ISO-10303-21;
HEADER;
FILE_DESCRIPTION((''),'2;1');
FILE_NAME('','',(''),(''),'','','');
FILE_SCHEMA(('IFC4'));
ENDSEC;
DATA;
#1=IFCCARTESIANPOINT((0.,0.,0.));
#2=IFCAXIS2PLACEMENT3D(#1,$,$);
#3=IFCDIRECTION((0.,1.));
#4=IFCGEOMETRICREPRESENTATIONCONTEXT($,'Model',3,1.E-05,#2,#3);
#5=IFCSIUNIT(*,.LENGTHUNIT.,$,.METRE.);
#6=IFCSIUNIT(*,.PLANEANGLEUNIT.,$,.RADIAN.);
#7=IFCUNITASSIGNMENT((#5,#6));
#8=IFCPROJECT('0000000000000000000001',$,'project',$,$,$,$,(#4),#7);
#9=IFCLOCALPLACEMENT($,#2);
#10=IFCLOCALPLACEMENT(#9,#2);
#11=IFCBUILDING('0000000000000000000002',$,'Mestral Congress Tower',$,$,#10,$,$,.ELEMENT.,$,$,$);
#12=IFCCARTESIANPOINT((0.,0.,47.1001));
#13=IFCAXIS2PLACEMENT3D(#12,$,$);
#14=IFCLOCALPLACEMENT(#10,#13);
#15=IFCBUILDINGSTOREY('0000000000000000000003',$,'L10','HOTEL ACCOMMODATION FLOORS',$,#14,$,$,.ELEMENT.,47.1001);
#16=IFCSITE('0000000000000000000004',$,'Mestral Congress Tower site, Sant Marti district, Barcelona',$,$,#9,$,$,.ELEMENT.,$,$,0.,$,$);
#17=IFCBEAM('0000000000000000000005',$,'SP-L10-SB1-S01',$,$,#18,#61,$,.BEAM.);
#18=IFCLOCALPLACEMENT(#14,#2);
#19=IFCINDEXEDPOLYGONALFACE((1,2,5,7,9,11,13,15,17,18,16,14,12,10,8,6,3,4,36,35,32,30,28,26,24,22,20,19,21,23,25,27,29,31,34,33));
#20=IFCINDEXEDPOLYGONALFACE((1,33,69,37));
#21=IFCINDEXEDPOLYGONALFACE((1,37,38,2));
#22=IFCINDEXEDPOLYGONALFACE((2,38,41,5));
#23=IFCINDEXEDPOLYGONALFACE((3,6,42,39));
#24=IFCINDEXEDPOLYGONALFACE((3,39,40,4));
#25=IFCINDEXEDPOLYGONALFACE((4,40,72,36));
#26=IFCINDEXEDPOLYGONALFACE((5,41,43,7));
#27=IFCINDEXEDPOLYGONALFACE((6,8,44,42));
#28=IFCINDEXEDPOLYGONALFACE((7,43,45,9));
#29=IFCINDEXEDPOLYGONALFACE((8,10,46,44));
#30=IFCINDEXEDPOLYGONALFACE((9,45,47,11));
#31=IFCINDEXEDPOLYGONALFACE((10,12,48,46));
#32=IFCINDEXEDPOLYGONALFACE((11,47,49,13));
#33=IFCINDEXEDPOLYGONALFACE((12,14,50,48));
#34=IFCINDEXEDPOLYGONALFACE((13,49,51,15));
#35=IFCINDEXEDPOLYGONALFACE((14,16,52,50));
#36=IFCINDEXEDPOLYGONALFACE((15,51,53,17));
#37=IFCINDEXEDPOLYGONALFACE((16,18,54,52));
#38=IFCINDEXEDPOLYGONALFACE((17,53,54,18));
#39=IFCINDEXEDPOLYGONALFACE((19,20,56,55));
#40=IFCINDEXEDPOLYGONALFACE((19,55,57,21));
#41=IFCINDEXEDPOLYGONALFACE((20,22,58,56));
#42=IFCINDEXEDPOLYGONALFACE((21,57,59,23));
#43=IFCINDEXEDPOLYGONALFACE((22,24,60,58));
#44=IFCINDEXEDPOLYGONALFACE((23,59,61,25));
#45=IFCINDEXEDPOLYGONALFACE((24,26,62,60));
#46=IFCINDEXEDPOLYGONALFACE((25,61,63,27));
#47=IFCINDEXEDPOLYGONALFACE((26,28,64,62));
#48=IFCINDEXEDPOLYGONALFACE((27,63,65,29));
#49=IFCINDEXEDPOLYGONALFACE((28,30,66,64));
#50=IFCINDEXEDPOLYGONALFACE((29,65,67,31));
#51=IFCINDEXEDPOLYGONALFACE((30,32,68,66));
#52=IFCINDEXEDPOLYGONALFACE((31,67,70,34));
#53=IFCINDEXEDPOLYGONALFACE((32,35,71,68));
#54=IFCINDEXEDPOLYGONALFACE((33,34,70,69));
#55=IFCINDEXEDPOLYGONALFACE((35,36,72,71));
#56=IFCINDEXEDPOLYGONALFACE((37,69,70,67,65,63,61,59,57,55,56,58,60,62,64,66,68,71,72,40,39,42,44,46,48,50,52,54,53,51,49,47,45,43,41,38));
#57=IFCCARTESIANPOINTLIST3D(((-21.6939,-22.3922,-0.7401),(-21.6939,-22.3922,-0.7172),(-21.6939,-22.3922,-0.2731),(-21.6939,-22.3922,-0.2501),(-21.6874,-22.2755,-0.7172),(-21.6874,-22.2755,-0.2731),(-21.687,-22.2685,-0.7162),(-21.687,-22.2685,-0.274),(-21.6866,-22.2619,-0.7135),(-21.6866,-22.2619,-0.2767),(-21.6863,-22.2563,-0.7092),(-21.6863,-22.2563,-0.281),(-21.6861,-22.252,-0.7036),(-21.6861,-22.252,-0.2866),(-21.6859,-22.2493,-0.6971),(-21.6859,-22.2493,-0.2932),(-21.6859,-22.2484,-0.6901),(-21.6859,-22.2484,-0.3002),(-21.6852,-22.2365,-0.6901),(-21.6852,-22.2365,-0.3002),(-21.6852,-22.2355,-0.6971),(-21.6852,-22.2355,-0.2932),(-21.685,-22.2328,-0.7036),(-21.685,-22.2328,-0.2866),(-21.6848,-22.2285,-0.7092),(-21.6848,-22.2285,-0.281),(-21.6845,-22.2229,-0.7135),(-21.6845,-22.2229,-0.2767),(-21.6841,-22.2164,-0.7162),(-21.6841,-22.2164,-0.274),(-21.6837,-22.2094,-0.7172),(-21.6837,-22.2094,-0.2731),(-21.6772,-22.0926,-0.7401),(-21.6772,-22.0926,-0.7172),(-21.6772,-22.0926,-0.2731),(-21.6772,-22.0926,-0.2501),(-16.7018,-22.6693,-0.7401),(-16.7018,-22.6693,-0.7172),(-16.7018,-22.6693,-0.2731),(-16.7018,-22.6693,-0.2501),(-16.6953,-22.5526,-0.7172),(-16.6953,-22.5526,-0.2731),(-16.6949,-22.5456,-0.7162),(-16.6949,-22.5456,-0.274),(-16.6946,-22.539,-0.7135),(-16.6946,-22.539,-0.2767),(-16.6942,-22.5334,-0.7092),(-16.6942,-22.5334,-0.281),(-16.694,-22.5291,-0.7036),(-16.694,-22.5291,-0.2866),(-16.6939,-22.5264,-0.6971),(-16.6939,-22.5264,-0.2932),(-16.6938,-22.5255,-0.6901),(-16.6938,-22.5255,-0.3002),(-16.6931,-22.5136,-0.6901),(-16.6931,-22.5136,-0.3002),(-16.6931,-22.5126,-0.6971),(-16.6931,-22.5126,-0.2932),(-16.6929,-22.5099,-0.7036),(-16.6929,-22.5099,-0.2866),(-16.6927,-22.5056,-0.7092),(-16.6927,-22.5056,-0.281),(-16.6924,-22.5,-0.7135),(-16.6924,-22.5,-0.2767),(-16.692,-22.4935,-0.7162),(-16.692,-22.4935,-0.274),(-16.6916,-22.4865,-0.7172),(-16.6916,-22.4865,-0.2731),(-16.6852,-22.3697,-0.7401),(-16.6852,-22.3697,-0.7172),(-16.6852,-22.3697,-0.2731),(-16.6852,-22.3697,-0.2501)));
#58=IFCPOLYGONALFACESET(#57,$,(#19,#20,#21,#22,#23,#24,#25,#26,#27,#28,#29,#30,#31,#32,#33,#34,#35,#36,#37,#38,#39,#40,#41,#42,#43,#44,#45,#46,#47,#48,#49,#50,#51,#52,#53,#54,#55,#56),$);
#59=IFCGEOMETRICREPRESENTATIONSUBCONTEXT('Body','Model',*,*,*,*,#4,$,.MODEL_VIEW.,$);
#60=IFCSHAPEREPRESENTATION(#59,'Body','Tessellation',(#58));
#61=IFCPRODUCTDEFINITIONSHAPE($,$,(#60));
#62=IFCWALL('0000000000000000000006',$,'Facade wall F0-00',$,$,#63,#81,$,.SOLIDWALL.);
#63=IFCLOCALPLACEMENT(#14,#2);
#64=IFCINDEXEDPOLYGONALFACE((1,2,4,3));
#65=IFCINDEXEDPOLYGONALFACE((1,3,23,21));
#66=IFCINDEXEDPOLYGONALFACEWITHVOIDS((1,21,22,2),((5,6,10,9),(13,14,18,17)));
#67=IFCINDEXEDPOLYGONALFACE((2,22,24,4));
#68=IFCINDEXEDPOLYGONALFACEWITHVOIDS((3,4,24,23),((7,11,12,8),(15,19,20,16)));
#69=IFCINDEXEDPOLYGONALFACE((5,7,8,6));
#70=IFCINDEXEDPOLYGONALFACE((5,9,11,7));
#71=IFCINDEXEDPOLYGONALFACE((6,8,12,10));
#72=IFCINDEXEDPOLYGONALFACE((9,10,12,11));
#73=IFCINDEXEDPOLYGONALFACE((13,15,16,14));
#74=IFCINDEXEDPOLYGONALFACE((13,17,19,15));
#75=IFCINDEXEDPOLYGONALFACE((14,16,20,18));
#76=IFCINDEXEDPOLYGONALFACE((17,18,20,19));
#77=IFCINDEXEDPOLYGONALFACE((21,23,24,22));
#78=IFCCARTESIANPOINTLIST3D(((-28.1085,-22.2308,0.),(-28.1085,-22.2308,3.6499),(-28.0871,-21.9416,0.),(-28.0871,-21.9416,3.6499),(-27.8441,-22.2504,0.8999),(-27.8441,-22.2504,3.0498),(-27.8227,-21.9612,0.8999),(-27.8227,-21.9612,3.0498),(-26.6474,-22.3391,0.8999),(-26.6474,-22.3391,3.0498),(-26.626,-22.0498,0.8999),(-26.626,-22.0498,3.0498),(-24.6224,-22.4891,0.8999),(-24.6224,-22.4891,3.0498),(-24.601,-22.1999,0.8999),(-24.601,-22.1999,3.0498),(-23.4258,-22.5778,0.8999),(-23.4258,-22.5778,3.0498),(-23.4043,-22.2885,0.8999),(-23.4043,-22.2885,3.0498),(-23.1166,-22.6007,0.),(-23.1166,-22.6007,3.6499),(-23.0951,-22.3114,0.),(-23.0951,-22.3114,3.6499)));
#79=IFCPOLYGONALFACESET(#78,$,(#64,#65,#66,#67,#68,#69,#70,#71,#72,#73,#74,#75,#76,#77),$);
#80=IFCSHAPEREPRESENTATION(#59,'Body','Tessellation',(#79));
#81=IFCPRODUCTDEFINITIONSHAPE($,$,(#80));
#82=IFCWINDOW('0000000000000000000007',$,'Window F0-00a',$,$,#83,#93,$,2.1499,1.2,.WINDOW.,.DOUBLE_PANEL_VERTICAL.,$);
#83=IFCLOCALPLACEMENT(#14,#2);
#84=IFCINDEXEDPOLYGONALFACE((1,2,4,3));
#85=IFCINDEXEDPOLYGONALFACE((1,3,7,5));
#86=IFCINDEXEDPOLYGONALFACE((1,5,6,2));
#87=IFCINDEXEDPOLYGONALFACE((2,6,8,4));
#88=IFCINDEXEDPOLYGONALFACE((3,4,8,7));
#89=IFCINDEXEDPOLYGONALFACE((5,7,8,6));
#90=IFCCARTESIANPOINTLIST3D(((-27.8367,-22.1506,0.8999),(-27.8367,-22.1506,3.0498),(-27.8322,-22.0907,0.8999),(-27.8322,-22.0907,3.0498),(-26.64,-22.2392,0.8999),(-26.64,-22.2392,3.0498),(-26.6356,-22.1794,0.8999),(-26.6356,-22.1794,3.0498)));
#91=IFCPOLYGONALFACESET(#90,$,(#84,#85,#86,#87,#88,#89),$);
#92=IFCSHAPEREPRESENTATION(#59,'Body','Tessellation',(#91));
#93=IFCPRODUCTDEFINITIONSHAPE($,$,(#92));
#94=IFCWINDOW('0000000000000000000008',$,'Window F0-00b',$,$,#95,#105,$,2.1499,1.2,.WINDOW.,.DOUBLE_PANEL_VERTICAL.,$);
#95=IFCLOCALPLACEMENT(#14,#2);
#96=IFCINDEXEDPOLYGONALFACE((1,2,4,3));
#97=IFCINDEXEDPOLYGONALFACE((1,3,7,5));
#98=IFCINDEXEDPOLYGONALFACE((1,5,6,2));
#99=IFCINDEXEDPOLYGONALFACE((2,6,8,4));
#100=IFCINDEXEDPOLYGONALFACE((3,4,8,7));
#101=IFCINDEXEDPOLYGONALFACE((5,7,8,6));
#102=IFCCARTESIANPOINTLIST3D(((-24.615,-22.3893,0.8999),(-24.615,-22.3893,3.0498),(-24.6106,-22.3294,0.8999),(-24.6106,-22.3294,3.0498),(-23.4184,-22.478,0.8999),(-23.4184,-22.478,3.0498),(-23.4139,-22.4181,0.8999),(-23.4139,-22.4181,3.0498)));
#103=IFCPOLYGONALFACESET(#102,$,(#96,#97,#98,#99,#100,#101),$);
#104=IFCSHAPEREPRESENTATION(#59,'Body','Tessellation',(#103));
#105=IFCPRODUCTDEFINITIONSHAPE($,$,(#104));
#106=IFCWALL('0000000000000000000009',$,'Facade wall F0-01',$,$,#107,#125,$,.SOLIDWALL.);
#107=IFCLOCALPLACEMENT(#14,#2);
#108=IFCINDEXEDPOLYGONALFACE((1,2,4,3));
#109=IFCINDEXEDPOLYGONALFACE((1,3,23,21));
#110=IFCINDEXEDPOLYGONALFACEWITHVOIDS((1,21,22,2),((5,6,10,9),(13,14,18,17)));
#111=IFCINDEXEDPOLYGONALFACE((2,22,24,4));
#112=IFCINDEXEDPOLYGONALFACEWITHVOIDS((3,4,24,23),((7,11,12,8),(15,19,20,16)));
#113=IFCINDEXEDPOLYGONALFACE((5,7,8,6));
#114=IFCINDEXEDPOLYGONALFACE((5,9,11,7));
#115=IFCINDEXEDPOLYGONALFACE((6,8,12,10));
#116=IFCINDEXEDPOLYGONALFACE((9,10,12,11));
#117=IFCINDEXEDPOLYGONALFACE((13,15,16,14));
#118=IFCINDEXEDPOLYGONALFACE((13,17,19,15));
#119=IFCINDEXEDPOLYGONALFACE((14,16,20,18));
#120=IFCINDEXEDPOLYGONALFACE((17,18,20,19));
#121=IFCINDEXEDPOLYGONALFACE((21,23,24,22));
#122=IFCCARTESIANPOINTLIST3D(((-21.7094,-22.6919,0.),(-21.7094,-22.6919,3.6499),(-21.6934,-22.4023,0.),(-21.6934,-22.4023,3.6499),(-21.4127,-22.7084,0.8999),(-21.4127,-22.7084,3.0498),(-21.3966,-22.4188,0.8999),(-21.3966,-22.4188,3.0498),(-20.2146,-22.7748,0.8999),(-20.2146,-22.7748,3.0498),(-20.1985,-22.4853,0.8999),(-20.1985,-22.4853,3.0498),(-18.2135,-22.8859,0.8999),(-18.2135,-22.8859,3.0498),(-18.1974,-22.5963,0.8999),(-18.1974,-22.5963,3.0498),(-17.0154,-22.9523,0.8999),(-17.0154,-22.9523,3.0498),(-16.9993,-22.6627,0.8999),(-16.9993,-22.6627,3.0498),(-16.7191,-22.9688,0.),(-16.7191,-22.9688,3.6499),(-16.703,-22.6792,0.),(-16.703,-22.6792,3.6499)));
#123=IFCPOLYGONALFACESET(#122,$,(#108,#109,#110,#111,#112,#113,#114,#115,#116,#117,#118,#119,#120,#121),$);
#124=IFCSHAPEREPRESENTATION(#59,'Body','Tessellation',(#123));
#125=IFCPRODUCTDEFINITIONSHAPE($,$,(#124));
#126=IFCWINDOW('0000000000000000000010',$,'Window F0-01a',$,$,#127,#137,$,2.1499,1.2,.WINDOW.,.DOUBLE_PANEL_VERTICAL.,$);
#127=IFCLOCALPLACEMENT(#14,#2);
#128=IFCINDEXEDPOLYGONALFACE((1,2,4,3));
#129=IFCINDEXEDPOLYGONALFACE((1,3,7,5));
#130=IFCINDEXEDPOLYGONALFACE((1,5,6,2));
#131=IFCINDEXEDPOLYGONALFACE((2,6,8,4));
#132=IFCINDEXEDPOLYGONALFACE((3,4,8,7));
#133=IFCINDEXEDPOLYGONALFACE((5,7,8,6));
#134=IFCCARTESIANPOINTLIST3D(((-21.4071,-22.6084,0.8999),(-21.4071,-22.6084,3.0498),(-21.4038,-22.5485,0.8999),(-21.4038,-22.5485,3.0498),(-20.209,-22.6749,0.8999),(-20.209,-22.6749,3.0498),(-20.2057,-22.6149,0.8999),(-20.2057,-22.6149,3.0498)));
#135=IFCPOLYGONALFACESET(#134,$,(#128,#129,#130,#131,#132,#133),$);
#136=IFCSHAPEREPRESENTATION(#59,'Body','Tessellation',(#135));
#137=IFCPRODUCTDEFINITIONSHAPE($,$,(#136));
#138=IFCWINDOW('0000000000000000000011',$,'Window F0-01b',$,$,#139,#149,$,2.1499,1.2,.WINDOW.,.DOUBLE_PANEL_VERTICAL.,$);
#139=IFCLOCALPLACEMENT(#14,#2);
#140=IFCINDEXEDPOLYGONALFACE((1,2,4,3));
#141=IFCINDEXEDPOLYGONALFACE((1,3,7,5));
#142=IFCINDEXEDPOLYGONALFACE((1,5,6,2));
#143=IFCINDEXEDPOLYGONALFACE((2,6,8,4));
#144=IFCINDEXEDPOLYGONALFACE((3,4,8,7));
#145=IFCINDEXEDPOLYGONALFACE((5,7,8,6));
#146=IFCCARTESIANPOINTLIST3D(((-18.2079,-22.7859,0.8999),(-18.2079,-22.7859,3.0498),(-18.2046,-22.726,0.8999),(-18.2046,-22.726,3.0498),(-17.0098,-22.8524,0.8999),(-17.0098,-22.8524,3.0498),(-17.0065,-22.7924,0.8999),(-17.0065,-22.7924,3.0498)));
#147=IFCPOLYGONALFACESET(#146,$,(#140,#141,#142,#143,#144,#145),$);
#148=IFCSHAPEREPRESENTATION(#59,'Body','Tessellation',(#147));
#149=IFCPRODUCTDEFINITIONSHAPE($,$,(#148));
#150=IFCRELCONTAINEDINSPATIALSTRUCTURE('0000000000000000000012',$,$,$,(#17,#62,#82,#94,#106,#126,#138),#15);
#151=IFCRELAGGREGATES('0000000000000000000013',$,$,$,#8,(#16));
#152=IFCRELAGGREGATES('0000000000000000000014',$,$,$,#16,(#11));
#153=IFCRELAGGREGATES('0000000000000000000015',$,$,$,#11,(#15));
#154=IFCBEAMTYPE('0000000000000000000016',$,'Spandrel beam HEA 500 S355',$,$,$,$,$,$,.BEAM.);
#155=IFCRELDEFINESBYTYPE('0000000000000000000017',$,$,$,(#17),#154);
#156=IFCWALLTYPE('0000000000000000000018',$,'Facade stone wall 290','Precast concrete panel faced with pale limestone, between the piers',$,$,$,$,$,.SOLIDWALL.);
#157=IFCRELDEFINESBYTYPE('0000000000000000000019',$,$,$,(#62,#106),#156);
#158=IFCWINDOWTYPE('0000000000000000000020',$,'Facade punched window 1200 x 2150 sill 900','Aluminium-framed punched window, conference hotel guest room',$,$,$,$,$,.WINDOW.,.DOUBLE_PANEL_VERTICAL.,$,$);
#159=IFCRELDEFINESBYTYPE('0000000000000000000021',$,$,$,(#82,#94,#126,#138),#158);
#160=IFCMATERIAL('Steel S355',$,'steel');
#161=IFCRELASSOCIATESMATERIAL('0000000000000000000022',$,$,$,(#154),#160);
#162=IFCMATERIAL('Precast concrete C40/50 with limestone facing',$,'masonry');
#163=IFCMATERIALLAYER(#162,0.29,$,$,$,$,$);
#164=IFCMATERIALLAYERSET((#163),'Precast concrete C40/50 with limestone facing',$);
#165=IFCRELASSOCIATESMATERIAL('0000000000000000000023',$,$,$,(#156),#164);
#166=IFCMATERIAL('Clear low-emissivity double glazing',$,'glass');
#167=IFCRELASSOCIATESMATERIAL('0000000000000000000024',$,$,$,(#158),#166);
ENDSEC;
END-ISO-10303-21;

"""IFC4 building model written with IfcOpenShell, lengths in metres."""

from ifc_helpers import new_model, si_unit, direction, frame, frame_2d, origin, origin_2d, place, context, subcontext, project, spatial, rectangle, i_section, extrude, material, layer, layer_set, material_profile, profile_set, type_object, element, fill, save


model = new_model("IFC4")

# Units and contexts
model_context = context("Model", 3, precision=1e-05, world=origin(), true_north=direction((0.0, 1.0)))
body_context = subcontext(model_context, "Body", "Model", "MODEL_VIEW")
ifc_project = project(units=[si_unit("LENGTHUNIT", "METRE"), si_unit("PLANEANGLEUNIT", "RADIAN")], contexts=[model_context])

# Site, building, storey
site_placement = place(None, origin())
site = spatial("IfcSite", under=ifc_project, at=site_placement, Name="Mestral Congress Tower site, Sant Marti district, Barcelona", CompositionType="ELEMENT", RefElevation=0.0)
building_placement = place(site_placement, origin())
building = spatial("IfcBuilding", under=site, at=building_placement, Name="Mestral Congress Tower", CompositionType="ELEMENT")
storey_placement = place(building_placement, frame((0.0, 0.0, 47.1001)))
storey = spatial("IfcBuildingStorey", under=building, at=storey_placement, Name="L10", Description="HOTEL ACCOMMODATION FLOORS", CompositionType="ELEMENT", Elevation=47.1001)

# Beam
ifc_material_1 = material(Name="Steel S355", Category="steel")
ifc_material_profile_1 = material_profile(ifc_material_1, i_section(OverallWidth=0.3, OverallDepth=0.49, WebThickness=0.012, FlangeThickness=0.0229, FilletRadius=0.0271, at=origin_2d()), Name="HEA 500")
ifc_profile_set_1 = profile_set([ifc_material_profile_1], Name="Steel S355")
beam_type_1 = type_object("IfcBeamType", Name="Spandrel beam HEA 500 S355", PredefinedType="BEAM", material=ifc_profile_set_1)
beam_1_placement = place(storey_placement, frame((-21.6855, -22.2424, -0.4951), z_axis=(0.998463, -0.055421, 0.0), x_axis=(0.055421, 0.998463, 0.0)))
element("IfcBeam", 1, at=beam_1_placement, inside=storey, type_object=beam_type_1, Name="SP-L10-SB1-S01", PredefinedType="BEAM", context=body_context, shape_type="SweptSolid", body=[
    extrude(i_section(OverallWidth=0.3, OverallDepth=0.49, WebThickness=0.012, FlangeThickness=0.0229, FilletRadius=0.0271, at=origin_2d()), origin(), (0.0, 0.0, 1.0), 4.9998),
])

# Walls, openings, windows
ifc_material_2 = material(Name="Precast concrete C40/50 with limestone facing", Category="masonry")
ifc_layer_1 = layer(ifc_material_2, 0.29)
ifc_layer_set_1 = layer_set([ifc_layer_1], Name="Precast concrete C40/50 with limestone facing")
wall_type_1 = type_object("IfcWallType", Name="Facade stone wall 290", Description="Precast concrete panel faced with pale limestone, between the piers", PredefinedType="SOLIDWALL", material=ifc_layer_set_1)
wall_1_placement = place(storey_placement, frame((-28.0979, -22.0862, 0.0), z_axis=(0.0, 0.0, 1.0), x_axis=(0.997266, -0.073891, 0.0)))
wall_1 = element("IfcWall", 2, at=wall_1_placement, inside=storey, type_object=wall_type_1, Name="Facade wall F0-00", PredefinedType="SOLIDWALL", context=body_context, shape_type="SweptSolid", body=[
    extrude(rectangle(XDim=5.0056, YDim=0.29, at=frame_2d((2.5029, 0.0))), origin(), (0.0, 0.0, 1.0), 3.6499),
])
opening_1_placement = place(wall_1_placement, frame((0.2651, 0.0, 0.8999)))
opening_1 = element("IfcOpeningElement", 3, at=opening_1_placement, cuts=wall_1, PredefinedType="OPENING", context=body_context, shape_type="SweptSolid", body=[
    extrude(rectangle(XDim=1.2, YDim=2.1499, at=frame_2d((0.6001, 1.075))), frame((0.0, 0.155, 0.0), z_axis=(0.0, -1.0, 0.0), x_axis=(1.0, 0.0, 0.0)), (0.0, 0.0, 1.0), 0.3101),
])
opening_2_placement = place(wall_1_placement, frame((3.4956, 0.0, 0.8999)))
opening_2 = element("IfcOpeningElement", 4, at=opening_2_placement, cuts=wall_1, PredefinedType="OPENING", context=body_context, shape_type="SweptSolid", body=[
    extrude(rectangle(XDim=1.2, YDim=2.1499, at=frame_2d((0.6001, 1.075))), frame((0.0, 0.155, 0.0), z_axis=(0.0, -1.0, 0.0), x_axis=(1.0, 0.0, 0.0)), (0.0, 0.0, 1.0), 0.3101),
])
ifc_material_3 = material(Name="Clear low-emissivity double glazing", Category="glass")
window_type = type_object("IfcWindowType", Name="Facade punched window 1200 x 2150 sill 900", Description="Aluminium-framed punched window, conference hotel guest room", PartitioningType="DOUBLE_PANEL_VERTICAL", PredefinedType="WINDOW", material=ifc_material_3)
window_1_placement = place(opening_1_placement, origin())
window_1 = element("IfcWindow", 5, at=window_1_placement, inside=storey, type_object=window_type, Name="Window F0-00a", OverallHeight=2.1499, OverallWidth=1.2, PartitioningType="DOUBLE_PANEL_VERTICAL", PredefinedType="WINDOW", context=body_context, shape_type="SweptSolid", body=[
    extrude(rectangle(XDim=1.2, YDim=2.1499, at=frame_2d((0.6001, 1.075))), frame((0.0, 0.0151, 0.0), z_axis=(0.0, -1.0, 0.0), x_axis=(1.0, 0.0, 0.0)), (0.0, 0.0, 1.0), 0.0601),
])
fill(opening_1, window_1)
window_2_placement = place(opening_2_placement, origin())
window_2 = element("IfcWindow", 6, at=window_2_placement, inside=storey, type_object=window_type, Name="Window F0-00b", OverallHeight=2.1499, OverallWidth=1.2, PartitioningType="DOUBLE_PANEL_VERTICAL", PredefinedType="WINDOW", context=body_context, shape_type="SweptSolid", body=[
    extrude(rectangle(XDim=1.2, YDim=2.1499, at=frame_2d((0.6001, 1.075))), frame((0.0, 0.0151, 0.0), z_axis=(0.0, -1.0, 0.0), x_axis=(1.0, 0.0, 0.0)), (0.0, 0.0, 1.0), 0.0601),
])
fill(opening_2, window_2)
wall_2_placement = place(storey_placement, frame((-21.7014, -22.5471, 0.0), z_axis=(0.0, 0.0, 1.0), x_axis=(0.998465, -0.055392, 0.0)))
wall_2 = element("IfcWall", 7, at=wall_2_placement, inside=storey, type_object=wall_type_1, Name="Facade wall F0-01", PredefinedType="SOLIDWALL", context=body_context, shape_type="SweptSolid", body=[
    extrude(rectangle(XDim=4.998, YDim=0.29, at=frame_2d((2.499, 0.0))), origin(), (0.0, 0.0, 1.0), 3.6499),
])
opening_3_placement = place(wall_2_placement, frame((0.2971, 0.0, 0.8999)))
opening_3 = element("IfcOpeningElement", 8, at=opening_3_placement, cuts=wall_2, PredefinedType="OPENING", context=body_context, shape_type="SweptSolid", body=[
    extrude(rectangle(XDim=1.2, YDim=2.1499, at=frame_2d((0.6001, 1.075))), frame((0.0, 0.155, 0.0), z_axis=(0.0, -1.0, 0.0), x_axis=(1.0, 0.0, 0.0)), (0.0, 0.0, 1.0), 0.3101),
])
opening_4_placement = place(wall_2_placement, frame((3.5012, 0.0, 0.8999)))
opening_4 = element("IfcOpeningElement", 9, at=opening_4_placement, cuts=wall_2, PredefinedType="OPENING", context=body_context, shape_type="SweptSolid", body=[
    extrude(rectangle(XDim=1.2, YDim=2.1499, at=frame_2d((0.6001, 1.075))), frame((0.0, 0.155, 0.0), z_axis=(0.0, -1.0, 0.0), x_axis=(1.0, 0.0, 0.0)), (0.0, 0.0, 1.0), 0.3101),
])
window_3_placement = place(opening_3_placement, origin())
window_3 = element("IfcWindow", 10, at=window_3_placement, inside=storey, type_object=window_type, Name="Window F0-01a", OverallHeight=2.1499, OverallWidth=1.2, PartitioningType="DOUBLE_PANEL_VERTICAL", PredefinedType="WINDOW", context=body_context, shape_type="SweptSolid", body=[
    extrude(rectangle(XDim=1.2, YDim=2.1499, at=frame_2d((0.6001, 1.075))), frame((0.0, 0.0151, 0.0), z_axis=(0.0, -1.0, 0.0), x_axis=(1.0, 0.0, 0.0)), (0.0, 0.0, 1.0), 0.0601),
])
fill(opening_3, window_3)
window_4_placement = place(opening_4_placement, origin())
window_4 = element("IfcWindow", 11, at=window_4_placement, inside=storey, type_object=window_type, Name="Window F0-01b", OverallHeight=2.1499, OverallWidth=1.2, PartitioningType="DOUBLE_PANEL_VERTICAL", PredefinedType="WINDOW", context=body_context, shape_type="SweptSolid", body=[
    extrude(rectangle(XDim=1.2, YDim=2.1499, at=frame_2d((0.6001, 1.075))), frame((0.0, 0.0151, 0.0), z_axis=(0.0, -1.0, 0.0), x_axis=(1.0, 0.0, 0.0)), (0.0, 0.0, 1.0), 0.0601),
])
fill(opening_4, window_4)

save(model, "model.ifc")
